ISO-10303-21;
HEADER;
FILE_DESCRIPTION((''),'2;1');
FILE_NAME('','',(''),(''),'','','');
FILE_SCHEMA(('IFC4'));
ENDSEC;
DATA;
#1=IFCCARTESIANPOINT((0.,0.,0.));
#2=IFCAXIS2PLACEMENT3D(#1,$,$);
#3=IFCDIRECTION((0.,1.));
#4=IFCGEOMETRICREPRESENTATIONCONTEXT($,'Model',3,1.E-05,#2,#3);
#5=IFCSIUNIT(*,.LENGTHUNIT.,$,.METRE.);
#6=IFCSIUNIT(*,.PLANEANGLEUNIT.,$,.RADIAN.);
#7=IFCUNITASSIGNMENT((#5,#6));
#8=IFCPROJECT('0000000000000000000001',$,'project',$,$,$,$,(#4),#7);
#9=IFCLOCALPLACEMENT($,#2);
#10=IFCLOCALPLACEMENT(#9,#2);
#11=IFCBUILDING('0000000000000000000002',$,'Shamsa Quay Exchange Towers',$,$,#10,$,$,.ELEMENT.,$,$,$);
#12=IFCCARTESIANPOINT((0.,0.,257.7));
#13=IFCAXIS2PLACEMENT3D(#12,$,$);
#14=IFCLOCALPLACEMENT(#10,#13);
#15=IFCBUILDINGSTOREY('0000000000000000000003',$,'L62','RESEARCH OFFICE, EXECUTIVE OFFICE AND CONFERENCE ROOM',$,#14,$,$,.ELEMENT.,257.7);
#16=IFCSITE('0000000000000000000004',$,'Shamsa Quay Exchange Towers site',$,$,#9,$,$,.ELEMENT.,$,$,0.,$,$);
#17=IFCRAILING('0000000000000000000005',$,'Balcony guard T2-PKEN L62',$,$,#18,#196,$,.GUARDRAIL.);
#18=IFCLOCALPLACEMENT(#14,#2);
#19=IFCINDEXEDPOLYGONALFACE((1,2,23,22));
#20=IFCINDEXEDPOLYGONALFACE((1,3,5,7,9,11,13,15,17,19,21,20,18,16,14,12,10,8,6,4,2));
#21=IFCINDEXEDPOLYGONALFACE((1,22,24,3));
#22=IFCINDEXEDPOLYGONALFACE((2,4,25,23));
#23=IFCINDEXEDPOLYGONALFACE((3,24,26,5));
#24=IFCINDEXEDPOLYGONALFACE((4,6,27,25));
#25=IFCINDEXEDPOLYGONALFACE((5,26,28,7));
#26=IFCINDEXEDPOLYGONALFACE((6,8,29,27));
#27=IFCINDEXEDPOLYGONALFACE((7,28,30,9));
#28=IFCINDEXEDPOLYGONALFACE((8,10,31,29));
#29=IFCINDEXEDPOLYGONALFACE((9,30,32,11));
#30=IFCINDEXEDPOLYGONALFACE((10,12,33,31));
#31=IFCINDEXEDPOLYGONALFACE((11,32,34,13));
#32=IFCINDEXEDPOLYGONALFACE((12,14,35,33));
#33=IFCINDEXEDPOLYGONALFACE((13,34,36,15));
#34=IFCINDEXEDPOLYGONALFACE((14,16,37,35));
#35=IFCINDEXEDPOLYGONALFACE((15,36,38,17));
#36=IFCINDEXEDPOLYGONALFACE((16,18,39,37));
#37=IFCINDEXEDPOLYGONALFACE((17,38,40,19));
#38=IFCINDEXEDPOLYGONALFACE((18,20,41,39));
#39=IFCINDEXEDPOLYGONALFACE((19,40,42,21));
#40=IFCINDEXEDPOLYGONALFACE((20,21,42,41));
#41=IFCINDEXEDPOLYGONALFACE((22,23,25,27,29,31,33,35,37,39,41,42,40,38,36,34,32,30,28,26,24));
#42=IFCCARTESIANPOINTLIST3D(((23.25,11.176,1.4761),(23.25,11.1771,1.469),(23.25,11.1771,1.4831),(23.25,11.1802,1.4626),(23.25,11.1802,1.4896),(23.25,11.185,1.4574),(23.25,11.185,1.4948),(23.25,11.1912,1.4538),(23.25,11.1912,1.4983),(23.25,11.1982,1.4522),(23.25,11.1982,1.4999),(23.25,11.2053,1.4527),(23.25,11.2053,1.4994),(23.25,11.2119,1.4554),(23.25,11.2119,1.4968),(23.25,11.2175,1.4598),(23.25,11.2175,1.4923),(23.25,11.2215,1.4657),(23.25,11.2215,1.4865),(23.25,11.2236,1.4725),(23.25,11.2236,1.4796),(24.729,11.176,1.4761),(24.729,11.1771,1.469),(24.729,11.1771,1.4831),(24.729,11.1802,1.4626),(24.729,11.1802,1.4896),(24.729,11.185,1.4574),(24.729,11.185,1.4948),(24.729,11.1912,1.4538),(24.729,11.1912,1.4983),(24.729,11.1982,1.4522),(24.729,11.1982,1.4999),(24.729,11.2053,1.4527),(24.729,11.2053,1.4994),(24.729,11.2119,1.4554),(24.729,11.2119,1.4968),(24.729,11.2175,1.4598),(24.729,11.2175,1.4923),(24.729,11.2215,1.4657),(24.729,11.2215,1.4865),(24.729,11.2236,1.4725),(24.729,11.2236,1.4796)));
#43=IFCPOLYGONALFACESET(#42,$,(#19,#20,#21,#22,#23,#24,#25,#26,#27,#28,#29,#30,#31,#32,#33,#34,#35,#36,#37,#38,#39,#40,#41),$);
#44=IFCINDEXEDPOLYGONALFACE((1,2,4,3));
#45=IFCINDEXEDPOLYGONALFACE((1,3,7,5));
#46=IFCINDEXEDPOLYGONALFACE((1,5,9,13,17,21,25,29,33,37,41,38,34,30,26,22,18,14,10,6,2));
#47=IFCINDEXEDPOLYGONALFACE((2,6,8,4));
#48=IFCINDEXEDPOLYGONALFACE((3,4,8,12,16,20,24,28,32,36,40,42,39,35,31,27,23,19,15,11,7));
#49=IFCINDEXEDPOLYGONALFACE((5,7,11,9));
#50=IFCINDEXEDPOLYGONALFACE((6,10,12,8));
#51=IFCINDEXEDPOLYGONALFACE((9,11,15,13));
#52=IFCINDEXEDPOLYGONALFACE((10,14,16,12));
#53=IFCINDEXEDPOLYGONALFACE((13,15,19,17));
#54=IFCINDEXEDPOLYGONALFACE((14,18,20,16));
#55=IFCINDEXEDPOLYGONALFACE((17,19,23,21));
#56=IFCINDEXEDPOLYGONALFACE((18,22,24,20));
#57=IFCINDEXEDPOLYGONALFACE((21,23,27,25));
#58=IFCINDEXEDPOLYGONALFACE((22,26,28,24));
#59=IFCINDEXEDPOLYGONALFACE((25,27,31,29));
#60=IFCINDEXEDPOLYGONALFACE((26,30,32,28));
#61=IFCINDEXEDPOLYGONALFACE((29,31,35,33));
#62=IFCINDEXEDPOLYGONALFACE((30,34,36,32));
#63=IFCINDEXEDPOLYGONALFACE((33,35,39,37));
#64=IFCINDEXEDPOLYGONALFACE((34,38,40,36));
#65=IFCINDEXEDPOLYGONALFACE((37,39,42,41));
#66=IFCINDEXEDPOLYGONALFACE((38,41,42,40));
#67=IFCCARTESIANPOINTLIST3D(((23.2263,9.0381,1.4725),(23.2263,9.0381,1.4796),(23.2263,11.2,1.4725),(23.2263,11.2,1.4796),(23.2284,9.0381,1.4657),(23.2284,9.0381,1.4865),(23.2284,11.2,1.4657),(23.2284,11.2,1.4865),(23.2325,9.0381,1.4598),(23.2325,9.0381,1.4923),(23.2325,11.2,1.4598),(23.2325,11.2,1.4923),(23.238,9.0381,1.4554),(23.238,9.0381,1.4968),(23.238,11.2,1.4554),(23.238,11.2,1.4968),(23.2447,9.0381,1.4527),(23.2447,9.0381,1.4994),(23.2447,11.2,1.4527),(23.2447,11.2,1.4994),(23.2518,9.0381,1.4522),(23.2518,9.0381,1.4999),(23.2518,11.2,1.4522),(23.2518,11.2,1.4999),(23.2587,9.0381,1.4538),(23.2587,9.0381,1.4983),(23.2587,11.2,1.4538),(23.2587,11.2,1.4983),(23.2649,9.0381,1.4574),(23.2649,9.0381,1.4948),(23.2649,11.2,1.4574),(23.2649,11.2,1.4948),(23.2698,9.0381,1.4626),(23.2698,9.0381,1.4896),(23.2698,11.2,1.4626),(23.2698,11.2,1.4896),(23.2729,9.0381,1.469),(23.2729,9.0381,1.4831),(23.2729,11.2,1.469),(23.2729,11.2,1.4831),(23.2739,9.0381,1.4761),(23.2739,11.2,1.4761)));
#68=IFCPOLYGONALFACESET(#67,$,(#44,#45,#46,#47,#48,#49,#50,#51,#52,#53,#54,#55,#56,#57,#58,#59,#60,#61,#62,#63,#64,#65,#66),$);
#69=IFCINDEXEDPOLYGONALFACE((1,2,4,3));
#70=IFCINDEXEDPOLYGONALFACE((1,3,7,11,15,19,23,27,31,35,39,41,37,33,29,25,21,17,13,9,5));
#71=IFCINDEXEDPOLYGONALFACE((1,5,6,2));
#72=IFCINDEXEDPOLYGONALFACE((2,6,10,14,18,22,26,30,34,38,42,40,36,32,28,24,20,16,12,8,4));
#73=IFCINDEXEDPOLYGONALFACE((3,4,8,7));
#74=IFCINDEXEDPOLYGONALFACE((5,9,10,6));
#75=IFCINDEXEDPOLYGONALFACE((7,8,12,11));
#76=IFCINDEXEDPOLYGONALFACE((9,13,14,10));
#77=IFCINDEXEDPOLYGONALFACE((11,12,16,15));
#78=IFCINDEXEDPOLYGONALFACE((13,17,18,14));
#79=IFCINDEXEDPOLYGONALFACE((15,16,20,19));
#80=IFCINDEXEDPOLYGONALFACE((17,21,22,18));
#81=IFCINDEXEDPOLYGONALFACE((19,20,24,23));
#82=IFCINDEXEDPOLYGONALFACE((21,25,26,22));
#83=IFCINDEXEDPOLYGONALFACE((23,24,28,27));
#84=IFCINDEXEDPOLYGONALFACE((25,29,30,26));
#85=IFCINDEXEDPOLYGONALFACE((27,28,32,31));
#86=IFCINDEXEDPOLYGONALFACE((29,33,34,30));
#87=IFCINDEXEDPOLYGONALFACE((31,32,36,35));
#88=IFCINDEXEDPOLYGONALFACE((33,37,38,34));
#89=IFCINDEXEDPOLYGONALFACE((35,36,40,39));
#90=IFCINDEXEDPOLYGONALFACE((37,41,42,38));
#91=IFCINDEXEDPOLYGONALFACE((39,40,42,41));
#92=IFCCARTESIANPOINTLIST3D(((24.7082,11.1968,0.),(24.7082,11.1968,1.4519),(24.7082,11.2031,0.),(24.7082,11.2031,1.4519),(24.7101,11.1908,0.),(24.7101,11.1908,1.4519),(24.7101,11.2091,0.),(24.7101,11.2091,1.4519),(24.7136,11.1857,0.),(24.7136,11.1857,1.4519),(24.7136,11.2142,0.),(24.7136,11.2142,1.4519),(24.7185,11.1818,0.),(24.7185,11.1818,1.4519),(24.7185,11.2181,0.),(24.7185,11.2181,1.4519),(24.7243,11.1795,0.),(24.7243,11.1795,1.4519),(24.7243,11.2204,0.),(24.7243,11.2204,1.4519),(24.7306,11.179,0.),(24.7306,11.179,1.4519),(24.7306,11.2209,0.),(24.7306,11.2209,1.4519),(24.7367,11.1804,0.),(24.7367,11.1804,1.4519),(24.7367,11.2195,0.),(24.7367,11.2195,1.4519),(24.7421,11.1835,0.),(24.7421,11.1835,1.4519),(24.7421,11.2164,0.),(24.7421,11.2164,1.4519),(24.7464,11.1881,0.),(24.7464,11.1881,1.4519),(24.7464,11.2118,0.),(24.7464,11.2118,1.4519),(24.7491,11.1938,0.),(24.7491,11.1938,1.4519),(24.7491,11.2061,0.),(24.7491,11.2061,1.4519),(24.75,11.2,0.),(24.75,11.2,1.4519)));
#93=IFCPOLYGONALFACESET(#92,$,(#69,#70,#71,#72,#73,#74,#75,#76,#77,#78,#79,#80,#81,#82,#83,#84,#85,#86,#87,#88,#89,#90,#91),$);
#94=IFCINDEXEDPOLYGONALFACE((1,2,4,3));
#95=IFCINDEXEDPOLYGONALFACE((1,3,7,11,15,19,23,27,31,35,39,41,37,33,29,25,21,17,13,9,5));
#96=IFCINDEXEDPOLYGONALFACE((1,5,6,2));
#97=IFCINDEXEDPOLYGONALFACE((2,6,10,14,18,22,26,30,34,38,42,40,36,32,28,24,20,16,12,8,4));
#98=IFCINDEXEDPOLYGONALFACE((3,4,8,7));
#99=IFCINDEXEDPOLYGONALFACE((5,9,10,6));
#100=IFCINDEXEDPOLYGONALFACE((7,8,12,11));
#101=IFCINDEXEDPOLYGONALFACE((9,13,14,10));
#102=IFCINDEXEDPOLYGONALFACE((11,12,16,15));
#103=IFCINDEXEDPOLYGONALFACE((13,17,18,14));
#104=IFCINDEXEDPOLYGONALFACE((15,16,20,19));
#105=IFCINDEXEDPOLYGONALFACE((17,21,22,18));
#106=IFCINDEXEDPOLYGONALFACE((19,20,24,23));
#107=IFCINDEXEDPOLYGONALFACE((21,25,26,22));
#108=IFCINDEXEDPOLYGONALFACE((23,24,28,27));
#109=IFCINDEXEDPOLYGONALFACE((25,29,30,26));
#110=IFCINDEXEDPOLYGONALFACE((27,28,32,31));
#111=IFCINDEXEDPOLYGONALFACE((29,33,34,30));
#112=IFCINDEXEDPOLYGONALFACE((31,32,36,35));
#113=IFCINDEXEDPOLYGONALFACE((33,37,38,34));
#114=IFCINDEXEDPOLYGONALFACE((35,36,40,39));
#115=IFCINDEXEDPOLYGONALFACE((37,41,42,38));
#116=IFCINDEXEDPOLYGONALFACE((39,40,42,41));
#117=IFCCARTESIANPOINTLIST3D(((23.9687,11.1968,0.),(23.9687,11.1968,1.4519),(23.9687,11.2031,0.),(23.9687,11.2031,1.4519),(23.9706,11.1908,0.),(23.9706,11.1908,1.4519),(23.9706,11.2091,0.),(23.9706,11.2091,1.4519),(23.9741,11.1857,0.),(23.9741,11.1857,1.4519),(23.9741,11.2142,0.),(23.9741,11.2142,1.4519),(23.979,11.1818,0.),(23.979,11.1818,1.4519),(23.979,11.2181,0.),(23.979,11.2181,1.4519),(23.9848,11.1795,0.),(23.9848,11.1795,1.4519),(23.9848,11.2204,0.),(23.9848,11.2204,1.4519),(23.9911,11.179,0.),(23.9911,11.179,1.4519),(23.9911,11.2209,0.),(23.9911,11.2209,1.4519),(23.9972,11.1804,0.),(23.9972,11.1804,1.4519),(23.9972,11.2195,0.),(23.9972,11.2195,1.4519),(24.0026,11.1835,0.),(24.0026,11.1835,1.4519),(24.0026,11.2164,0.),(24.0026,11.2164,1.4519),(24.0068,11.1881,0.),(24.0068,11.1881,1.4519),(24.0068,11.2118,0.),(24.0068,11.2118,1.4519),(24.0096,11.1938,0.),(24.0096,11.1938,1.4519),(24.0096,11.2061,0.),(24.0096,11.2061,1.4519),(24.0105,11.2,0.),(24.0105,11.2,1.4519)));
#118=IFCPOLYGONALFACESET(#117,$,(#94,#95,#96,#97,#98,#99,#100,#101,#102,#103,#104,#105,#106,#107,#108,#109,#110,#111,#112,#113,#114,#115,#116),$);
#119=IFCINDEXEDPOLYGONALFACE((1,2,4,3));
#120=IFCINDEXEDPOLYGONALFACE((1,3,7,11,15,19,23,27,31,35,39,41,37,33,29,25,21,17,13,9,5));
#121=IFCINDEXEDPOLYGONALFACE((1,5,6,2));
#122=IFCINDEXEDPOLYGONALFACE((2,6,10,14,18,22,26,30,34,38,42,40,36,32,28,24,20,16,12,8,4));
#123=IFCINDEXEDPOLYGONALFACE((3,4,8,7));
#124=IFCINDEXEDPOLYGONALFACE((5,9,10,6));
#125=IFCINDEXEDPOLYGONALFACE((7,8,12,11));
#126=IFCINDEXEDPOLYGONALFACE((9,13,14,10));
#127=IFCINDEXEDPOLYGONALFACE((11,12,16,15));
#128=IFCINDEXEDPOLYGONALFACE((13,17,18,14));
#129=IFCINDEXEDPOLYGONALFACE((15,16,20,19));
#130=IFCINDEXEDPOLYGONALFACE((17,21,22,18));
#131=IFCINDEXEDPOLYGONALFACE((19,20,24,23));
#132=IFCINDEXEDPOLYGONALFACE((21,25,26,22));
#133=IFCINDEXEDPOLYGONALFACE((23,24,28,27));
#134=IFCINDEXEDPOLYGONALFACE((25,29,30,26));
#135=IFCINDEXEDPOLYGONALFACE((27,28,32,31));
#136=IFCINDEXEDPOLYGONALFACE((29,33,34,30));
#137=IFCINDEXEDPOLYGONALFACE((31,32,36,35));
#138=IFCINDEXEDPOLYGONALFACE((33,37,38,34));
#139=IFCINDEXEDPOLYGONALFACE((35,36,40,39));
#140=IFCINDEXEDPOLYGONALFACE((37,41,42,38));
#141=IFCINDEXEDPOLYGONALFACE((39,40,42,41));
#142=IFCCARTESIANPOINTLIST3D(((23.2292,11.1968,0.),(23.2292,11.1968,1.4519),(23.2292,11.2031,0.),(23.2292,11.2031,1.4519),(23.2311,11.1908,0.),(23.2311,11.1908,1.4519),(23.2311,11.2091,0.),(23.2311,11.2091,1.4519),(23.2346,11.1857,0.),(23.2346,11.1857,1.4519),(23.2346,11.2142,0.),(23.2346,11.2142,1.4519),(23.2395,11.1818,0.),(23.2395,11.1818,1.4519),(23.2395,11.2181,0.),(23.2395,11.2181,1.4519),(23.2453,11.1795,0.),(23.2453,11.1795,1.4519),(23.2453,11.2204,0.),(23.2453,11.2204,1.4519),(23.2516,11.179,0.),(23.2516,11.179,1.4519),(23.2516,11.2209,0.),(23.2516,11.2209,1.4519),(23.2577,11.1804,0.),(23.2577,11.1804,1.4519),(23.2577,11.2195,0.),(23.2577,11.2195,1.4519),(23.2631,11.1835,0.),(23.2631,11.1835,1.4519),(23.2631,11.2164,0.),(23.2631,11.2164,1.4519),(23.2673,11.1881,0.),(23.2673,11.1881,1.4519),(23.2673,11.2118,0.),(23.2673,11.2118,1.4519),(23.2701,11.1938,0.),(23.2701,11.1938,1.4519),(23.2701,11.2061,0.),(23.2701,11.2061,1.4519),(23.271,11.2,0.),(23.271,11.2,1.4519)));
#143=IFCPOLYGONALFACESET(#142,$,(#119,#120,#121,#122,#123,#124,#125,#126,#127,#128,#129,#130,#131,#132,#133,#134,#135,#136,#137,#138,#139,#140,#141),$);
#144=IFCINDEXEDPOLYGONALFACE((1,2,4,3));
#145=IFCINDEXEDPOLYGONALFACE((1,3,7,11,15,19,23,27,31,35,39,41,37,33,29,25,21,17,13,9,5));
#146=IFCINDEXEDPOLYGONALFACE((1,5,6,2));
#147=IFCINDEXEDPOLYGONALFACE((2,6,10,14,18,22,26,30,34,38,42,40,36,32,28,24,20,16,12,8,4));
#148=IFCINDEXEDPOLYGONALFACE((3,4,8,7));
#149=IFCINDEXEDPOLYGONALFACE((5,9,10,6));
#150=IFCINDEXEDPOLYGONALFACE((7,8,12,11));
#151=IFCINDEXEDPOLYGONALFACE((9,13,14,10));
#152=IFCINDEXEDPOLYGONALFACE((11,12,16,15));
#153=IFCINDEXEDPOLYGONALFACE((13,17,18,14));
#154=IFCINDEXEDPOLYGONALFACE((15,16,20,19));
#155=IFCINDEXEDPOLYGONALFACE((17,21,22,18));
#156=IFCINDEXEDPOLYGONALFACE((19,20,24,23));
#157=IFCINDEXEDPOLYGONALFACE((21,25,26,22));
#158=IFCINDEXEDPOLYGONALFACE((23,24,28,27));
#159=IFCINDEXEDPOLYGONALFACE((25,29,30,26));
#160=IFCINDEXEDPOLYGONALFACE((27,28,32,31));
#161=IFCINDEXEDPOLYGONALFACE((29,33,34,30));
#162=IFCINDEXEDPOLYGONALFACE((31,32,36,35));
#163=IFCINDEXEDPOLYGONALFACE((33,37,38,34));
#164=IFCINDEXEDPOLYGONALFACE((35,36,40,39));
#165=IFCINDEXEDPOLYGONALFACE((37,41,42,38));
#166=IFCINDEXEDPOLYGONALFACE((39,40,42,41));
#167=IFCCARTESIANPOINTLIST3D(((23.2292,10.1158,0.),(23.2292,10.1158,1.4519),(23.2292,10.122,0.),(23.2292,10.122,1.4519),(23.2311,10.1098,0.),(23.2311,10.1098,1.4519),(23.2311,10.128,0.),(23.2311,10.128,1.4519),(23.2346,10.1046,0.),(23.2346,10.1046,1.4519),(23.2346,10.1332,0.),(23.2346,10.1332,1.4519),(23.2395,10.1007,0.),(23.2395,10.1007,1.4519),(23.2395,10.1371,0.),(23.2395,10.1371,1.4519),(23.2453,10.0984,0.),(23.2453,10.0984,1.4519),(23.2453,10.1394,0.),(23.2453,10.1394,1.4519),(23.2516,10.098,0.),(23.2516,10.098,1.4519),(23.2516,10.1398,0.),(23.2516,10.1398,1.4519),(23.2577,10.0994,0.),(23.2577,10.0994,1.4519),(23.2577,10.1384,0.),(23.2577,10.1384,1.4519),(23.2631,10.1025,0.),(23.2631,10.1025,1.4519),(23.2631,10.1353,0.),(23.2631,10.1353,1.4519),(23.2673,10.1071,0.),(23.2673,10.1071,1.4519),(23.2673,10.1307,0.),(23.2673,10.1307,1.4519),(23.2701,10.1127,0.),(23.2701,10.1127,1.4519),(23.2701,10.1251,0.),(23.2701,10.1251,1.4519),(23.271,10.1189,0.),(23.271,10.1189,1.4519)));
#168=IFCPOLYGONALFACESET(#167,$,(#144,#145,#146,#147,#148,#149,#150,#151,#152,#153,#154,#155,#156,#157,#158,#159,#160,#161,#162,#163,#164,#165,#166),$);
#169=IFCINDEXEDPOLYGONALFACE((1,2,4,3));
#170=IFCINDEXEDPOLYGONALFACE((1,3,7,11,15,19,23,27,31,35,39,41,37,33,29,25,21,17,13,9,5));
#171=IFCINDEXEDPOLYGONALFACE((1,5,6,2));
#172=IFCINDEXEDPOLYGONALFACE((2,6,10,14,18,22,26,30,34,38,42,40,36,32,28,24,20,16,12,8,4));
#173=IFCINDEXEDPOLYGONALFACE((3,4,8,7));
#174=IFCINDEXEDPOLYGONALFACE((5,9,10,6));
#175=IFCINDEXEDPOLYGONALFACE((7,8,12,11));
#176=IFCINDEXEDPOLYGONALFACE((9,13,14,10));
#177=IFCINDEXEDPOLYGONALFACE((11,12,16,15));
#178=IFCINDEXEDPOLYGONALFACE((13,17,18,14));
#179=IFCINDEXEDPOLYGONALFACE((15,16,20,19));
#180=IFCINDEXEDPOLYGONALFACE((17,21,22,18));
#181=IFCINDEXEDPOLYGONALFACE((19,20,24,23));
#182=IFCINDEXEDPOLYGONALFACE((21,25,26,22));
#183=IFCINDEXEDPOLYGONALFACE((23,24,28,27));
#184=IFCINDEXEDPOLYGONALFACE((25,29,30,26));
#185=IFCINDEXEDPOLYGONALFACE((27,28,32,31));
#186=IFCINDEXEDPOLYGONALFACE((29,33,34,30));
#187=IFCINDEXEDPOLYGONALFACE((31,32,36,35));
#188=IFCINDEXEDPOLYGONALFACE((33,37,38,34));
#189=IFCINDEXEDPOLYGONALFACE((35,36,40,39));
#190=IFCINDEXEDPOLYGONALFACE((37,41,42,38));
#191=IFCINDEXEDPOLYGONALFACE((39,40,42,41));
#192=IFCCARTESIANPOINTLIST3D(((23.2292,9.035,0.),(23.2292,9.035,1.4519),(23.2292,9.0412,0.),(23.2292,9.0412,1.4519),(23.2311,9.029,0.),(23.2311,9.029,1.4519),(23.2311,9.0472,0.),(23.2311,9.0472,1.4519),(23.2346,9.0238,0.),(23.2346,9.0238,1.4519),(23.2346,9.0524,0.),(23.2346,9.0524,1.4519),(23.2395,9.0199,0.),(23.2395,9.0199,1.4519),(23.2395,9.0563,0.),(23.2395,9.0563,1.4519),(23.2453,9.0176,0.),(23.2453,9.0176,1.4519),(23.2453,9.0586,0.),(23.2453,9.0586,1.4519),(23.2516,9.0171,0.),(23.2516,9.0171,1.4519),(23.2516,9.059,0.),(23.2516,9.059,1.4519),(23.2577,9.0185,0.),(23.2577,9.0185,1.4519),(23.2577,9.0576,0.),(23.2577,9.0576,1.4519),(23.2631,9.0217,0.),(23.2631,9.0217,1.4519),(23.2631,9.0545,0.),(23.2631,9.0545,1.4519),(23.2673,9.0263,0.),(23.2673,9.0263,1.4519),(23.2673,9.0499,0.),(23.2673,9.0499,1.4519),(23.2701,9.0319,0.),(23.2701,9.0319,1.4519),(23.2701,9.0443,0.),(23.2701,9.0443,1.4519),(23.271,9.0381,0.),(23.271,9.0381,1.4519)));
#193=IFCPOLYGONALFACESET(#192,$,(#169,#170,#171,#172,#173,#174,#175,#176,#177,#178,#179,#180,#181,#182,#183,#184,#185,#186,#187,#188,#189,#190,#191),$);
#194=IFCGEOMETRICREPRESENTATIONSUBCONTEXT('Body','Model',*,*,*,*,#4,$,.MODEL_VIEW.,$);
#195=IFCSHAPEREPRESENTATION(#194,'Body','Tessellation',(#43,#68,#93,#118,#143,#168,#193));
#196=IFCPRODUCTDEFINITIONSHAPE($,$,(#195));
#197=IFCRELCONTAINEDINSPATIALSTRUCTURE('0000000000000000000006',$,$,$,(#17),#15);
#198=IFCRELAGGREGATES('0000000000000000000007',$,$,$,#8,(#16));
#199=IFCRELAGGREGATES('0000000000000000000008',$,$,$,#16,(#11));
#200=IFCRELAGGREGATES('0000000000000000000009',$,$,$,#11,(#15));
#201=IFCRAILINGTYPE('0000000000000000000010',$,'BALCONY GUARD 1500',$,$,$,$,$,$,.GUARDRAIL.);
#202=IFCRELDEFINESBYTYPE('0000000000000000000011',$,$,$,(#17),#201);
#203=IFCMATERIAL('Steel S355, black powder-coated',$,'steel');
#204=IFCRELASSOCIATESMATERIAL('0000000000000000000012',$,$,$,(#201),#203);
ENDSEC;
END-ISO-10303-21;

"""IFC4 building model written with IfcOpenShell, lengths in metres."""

from ifc_helpers import new_model, si_unit, direction, frame, origin, origin_2d, place, context, subcontext, project, spatial, circle, extrude, material, type_object, element, save


model = new_model("IFC4")

# Units and contexts
model_context = context("Model", 3, precision=1e-05, world=origin(), true_north=direction((0.0, 1.0)))
body_context = subcontext(model_context, "Body", "Model", "MODEL_VIEW")
ifc_project = project(units=[si_unit("LENGTHUNIT", "METRE"), si_unit("PLANEANGLEUNIT", "RADIAN")], contexts=[model_context])

# Site, building, storey
site_placement = place(None, origin())
site = spatial("IfcSite", under=ifc_project, at=site_placement, Name="Shamsa Quay Exchange Towers site", CompositionType="ELEMENT", RefElevation=0.0)
building_placement = place(site_placement, origin())
building = spatial("IfcBuilding", under=site, at=building_placement, Name="Shamsa Quay Exchange Towers", CompositionType="ELEMENT")
storey_placement = place(building_placement, frame((0.0, 0.0, 257.7)))
storey = spatial("IfcBuildingStorey", under=building, at=storey_placement, Name="L62", Description="RESEARCH OFFICE, EXECUTIVE OFFICE AND CONFERENCE ROOM", CompositionType="ELEMENT", Elevation=257.7)

# Railing
ifc_material_1 = material(Name="Steel S355, black powder-coated", Category="steel")
railing_type = type_object("IfcRailingType", Name="BALCONY GUARD 1500", PredefinedType="GUARDRAIL", material=ifc_material_1)
for number, where, name in (
    (1, (24.729, 11.2, 0.0), "Balcony guard T2-PKEN L62"),
):
    element("IfcRailing", number, at=place(storey_placement, frame(where)), inside=storey, type_object=railing_type, Name=name, PredefinedType="GUARDRAIL", context=body_context, shape_type="SweptSolid", body=[
        extrude(circle(Radius=0.0239, at=origin_2d()), frame((0.0, 0.0, 1.4761), z_axis=(-1.0, 0.0, 0.0), x_axis=(0.0, -1.0, 0.0)), (0.0, 0.0, 1.0), 1.479),
        extrude(circle(Radius=0.0239, at=origin_2d()), frame((-1.479, 0.0, 1.4761), z_axis=(0.0, -1.0, 0.0), x_axis=(1.0, 0.0, 0.0)), (0.0, 0.0, 1.0), 2.1619),
        extrude(circle(Radius=0.021, at=origin_2d()), origin(), (0.0, 0.0, 1.0), 1.4519),
        extrude(circle(Radius=0.021, at=origin_2d()), frame((-0.7395, 0.0, 0.0)), (0.0, 0.0, 1.0), 1.4519),
        extrude(circle(Radius=0.021, at=origin_2d()), frame((-1.479, 0.0, 0.0)), (0.0, 0.0, 1.0), 1.4519),
        extrude(circle(Radius=0.021, at=origin_2d()), frame((-1.479, -1.0811, 0.0)), (0.0, 0.0, 1.0), 1.4519),
        extrude(circle(Radius=0.021, at=origin_2d()), frame((-1.479, -2.1619, 0.0)), (0.0, 0.0, 1.0), 1.4519),
    ])

save(model, "model.ifc")
